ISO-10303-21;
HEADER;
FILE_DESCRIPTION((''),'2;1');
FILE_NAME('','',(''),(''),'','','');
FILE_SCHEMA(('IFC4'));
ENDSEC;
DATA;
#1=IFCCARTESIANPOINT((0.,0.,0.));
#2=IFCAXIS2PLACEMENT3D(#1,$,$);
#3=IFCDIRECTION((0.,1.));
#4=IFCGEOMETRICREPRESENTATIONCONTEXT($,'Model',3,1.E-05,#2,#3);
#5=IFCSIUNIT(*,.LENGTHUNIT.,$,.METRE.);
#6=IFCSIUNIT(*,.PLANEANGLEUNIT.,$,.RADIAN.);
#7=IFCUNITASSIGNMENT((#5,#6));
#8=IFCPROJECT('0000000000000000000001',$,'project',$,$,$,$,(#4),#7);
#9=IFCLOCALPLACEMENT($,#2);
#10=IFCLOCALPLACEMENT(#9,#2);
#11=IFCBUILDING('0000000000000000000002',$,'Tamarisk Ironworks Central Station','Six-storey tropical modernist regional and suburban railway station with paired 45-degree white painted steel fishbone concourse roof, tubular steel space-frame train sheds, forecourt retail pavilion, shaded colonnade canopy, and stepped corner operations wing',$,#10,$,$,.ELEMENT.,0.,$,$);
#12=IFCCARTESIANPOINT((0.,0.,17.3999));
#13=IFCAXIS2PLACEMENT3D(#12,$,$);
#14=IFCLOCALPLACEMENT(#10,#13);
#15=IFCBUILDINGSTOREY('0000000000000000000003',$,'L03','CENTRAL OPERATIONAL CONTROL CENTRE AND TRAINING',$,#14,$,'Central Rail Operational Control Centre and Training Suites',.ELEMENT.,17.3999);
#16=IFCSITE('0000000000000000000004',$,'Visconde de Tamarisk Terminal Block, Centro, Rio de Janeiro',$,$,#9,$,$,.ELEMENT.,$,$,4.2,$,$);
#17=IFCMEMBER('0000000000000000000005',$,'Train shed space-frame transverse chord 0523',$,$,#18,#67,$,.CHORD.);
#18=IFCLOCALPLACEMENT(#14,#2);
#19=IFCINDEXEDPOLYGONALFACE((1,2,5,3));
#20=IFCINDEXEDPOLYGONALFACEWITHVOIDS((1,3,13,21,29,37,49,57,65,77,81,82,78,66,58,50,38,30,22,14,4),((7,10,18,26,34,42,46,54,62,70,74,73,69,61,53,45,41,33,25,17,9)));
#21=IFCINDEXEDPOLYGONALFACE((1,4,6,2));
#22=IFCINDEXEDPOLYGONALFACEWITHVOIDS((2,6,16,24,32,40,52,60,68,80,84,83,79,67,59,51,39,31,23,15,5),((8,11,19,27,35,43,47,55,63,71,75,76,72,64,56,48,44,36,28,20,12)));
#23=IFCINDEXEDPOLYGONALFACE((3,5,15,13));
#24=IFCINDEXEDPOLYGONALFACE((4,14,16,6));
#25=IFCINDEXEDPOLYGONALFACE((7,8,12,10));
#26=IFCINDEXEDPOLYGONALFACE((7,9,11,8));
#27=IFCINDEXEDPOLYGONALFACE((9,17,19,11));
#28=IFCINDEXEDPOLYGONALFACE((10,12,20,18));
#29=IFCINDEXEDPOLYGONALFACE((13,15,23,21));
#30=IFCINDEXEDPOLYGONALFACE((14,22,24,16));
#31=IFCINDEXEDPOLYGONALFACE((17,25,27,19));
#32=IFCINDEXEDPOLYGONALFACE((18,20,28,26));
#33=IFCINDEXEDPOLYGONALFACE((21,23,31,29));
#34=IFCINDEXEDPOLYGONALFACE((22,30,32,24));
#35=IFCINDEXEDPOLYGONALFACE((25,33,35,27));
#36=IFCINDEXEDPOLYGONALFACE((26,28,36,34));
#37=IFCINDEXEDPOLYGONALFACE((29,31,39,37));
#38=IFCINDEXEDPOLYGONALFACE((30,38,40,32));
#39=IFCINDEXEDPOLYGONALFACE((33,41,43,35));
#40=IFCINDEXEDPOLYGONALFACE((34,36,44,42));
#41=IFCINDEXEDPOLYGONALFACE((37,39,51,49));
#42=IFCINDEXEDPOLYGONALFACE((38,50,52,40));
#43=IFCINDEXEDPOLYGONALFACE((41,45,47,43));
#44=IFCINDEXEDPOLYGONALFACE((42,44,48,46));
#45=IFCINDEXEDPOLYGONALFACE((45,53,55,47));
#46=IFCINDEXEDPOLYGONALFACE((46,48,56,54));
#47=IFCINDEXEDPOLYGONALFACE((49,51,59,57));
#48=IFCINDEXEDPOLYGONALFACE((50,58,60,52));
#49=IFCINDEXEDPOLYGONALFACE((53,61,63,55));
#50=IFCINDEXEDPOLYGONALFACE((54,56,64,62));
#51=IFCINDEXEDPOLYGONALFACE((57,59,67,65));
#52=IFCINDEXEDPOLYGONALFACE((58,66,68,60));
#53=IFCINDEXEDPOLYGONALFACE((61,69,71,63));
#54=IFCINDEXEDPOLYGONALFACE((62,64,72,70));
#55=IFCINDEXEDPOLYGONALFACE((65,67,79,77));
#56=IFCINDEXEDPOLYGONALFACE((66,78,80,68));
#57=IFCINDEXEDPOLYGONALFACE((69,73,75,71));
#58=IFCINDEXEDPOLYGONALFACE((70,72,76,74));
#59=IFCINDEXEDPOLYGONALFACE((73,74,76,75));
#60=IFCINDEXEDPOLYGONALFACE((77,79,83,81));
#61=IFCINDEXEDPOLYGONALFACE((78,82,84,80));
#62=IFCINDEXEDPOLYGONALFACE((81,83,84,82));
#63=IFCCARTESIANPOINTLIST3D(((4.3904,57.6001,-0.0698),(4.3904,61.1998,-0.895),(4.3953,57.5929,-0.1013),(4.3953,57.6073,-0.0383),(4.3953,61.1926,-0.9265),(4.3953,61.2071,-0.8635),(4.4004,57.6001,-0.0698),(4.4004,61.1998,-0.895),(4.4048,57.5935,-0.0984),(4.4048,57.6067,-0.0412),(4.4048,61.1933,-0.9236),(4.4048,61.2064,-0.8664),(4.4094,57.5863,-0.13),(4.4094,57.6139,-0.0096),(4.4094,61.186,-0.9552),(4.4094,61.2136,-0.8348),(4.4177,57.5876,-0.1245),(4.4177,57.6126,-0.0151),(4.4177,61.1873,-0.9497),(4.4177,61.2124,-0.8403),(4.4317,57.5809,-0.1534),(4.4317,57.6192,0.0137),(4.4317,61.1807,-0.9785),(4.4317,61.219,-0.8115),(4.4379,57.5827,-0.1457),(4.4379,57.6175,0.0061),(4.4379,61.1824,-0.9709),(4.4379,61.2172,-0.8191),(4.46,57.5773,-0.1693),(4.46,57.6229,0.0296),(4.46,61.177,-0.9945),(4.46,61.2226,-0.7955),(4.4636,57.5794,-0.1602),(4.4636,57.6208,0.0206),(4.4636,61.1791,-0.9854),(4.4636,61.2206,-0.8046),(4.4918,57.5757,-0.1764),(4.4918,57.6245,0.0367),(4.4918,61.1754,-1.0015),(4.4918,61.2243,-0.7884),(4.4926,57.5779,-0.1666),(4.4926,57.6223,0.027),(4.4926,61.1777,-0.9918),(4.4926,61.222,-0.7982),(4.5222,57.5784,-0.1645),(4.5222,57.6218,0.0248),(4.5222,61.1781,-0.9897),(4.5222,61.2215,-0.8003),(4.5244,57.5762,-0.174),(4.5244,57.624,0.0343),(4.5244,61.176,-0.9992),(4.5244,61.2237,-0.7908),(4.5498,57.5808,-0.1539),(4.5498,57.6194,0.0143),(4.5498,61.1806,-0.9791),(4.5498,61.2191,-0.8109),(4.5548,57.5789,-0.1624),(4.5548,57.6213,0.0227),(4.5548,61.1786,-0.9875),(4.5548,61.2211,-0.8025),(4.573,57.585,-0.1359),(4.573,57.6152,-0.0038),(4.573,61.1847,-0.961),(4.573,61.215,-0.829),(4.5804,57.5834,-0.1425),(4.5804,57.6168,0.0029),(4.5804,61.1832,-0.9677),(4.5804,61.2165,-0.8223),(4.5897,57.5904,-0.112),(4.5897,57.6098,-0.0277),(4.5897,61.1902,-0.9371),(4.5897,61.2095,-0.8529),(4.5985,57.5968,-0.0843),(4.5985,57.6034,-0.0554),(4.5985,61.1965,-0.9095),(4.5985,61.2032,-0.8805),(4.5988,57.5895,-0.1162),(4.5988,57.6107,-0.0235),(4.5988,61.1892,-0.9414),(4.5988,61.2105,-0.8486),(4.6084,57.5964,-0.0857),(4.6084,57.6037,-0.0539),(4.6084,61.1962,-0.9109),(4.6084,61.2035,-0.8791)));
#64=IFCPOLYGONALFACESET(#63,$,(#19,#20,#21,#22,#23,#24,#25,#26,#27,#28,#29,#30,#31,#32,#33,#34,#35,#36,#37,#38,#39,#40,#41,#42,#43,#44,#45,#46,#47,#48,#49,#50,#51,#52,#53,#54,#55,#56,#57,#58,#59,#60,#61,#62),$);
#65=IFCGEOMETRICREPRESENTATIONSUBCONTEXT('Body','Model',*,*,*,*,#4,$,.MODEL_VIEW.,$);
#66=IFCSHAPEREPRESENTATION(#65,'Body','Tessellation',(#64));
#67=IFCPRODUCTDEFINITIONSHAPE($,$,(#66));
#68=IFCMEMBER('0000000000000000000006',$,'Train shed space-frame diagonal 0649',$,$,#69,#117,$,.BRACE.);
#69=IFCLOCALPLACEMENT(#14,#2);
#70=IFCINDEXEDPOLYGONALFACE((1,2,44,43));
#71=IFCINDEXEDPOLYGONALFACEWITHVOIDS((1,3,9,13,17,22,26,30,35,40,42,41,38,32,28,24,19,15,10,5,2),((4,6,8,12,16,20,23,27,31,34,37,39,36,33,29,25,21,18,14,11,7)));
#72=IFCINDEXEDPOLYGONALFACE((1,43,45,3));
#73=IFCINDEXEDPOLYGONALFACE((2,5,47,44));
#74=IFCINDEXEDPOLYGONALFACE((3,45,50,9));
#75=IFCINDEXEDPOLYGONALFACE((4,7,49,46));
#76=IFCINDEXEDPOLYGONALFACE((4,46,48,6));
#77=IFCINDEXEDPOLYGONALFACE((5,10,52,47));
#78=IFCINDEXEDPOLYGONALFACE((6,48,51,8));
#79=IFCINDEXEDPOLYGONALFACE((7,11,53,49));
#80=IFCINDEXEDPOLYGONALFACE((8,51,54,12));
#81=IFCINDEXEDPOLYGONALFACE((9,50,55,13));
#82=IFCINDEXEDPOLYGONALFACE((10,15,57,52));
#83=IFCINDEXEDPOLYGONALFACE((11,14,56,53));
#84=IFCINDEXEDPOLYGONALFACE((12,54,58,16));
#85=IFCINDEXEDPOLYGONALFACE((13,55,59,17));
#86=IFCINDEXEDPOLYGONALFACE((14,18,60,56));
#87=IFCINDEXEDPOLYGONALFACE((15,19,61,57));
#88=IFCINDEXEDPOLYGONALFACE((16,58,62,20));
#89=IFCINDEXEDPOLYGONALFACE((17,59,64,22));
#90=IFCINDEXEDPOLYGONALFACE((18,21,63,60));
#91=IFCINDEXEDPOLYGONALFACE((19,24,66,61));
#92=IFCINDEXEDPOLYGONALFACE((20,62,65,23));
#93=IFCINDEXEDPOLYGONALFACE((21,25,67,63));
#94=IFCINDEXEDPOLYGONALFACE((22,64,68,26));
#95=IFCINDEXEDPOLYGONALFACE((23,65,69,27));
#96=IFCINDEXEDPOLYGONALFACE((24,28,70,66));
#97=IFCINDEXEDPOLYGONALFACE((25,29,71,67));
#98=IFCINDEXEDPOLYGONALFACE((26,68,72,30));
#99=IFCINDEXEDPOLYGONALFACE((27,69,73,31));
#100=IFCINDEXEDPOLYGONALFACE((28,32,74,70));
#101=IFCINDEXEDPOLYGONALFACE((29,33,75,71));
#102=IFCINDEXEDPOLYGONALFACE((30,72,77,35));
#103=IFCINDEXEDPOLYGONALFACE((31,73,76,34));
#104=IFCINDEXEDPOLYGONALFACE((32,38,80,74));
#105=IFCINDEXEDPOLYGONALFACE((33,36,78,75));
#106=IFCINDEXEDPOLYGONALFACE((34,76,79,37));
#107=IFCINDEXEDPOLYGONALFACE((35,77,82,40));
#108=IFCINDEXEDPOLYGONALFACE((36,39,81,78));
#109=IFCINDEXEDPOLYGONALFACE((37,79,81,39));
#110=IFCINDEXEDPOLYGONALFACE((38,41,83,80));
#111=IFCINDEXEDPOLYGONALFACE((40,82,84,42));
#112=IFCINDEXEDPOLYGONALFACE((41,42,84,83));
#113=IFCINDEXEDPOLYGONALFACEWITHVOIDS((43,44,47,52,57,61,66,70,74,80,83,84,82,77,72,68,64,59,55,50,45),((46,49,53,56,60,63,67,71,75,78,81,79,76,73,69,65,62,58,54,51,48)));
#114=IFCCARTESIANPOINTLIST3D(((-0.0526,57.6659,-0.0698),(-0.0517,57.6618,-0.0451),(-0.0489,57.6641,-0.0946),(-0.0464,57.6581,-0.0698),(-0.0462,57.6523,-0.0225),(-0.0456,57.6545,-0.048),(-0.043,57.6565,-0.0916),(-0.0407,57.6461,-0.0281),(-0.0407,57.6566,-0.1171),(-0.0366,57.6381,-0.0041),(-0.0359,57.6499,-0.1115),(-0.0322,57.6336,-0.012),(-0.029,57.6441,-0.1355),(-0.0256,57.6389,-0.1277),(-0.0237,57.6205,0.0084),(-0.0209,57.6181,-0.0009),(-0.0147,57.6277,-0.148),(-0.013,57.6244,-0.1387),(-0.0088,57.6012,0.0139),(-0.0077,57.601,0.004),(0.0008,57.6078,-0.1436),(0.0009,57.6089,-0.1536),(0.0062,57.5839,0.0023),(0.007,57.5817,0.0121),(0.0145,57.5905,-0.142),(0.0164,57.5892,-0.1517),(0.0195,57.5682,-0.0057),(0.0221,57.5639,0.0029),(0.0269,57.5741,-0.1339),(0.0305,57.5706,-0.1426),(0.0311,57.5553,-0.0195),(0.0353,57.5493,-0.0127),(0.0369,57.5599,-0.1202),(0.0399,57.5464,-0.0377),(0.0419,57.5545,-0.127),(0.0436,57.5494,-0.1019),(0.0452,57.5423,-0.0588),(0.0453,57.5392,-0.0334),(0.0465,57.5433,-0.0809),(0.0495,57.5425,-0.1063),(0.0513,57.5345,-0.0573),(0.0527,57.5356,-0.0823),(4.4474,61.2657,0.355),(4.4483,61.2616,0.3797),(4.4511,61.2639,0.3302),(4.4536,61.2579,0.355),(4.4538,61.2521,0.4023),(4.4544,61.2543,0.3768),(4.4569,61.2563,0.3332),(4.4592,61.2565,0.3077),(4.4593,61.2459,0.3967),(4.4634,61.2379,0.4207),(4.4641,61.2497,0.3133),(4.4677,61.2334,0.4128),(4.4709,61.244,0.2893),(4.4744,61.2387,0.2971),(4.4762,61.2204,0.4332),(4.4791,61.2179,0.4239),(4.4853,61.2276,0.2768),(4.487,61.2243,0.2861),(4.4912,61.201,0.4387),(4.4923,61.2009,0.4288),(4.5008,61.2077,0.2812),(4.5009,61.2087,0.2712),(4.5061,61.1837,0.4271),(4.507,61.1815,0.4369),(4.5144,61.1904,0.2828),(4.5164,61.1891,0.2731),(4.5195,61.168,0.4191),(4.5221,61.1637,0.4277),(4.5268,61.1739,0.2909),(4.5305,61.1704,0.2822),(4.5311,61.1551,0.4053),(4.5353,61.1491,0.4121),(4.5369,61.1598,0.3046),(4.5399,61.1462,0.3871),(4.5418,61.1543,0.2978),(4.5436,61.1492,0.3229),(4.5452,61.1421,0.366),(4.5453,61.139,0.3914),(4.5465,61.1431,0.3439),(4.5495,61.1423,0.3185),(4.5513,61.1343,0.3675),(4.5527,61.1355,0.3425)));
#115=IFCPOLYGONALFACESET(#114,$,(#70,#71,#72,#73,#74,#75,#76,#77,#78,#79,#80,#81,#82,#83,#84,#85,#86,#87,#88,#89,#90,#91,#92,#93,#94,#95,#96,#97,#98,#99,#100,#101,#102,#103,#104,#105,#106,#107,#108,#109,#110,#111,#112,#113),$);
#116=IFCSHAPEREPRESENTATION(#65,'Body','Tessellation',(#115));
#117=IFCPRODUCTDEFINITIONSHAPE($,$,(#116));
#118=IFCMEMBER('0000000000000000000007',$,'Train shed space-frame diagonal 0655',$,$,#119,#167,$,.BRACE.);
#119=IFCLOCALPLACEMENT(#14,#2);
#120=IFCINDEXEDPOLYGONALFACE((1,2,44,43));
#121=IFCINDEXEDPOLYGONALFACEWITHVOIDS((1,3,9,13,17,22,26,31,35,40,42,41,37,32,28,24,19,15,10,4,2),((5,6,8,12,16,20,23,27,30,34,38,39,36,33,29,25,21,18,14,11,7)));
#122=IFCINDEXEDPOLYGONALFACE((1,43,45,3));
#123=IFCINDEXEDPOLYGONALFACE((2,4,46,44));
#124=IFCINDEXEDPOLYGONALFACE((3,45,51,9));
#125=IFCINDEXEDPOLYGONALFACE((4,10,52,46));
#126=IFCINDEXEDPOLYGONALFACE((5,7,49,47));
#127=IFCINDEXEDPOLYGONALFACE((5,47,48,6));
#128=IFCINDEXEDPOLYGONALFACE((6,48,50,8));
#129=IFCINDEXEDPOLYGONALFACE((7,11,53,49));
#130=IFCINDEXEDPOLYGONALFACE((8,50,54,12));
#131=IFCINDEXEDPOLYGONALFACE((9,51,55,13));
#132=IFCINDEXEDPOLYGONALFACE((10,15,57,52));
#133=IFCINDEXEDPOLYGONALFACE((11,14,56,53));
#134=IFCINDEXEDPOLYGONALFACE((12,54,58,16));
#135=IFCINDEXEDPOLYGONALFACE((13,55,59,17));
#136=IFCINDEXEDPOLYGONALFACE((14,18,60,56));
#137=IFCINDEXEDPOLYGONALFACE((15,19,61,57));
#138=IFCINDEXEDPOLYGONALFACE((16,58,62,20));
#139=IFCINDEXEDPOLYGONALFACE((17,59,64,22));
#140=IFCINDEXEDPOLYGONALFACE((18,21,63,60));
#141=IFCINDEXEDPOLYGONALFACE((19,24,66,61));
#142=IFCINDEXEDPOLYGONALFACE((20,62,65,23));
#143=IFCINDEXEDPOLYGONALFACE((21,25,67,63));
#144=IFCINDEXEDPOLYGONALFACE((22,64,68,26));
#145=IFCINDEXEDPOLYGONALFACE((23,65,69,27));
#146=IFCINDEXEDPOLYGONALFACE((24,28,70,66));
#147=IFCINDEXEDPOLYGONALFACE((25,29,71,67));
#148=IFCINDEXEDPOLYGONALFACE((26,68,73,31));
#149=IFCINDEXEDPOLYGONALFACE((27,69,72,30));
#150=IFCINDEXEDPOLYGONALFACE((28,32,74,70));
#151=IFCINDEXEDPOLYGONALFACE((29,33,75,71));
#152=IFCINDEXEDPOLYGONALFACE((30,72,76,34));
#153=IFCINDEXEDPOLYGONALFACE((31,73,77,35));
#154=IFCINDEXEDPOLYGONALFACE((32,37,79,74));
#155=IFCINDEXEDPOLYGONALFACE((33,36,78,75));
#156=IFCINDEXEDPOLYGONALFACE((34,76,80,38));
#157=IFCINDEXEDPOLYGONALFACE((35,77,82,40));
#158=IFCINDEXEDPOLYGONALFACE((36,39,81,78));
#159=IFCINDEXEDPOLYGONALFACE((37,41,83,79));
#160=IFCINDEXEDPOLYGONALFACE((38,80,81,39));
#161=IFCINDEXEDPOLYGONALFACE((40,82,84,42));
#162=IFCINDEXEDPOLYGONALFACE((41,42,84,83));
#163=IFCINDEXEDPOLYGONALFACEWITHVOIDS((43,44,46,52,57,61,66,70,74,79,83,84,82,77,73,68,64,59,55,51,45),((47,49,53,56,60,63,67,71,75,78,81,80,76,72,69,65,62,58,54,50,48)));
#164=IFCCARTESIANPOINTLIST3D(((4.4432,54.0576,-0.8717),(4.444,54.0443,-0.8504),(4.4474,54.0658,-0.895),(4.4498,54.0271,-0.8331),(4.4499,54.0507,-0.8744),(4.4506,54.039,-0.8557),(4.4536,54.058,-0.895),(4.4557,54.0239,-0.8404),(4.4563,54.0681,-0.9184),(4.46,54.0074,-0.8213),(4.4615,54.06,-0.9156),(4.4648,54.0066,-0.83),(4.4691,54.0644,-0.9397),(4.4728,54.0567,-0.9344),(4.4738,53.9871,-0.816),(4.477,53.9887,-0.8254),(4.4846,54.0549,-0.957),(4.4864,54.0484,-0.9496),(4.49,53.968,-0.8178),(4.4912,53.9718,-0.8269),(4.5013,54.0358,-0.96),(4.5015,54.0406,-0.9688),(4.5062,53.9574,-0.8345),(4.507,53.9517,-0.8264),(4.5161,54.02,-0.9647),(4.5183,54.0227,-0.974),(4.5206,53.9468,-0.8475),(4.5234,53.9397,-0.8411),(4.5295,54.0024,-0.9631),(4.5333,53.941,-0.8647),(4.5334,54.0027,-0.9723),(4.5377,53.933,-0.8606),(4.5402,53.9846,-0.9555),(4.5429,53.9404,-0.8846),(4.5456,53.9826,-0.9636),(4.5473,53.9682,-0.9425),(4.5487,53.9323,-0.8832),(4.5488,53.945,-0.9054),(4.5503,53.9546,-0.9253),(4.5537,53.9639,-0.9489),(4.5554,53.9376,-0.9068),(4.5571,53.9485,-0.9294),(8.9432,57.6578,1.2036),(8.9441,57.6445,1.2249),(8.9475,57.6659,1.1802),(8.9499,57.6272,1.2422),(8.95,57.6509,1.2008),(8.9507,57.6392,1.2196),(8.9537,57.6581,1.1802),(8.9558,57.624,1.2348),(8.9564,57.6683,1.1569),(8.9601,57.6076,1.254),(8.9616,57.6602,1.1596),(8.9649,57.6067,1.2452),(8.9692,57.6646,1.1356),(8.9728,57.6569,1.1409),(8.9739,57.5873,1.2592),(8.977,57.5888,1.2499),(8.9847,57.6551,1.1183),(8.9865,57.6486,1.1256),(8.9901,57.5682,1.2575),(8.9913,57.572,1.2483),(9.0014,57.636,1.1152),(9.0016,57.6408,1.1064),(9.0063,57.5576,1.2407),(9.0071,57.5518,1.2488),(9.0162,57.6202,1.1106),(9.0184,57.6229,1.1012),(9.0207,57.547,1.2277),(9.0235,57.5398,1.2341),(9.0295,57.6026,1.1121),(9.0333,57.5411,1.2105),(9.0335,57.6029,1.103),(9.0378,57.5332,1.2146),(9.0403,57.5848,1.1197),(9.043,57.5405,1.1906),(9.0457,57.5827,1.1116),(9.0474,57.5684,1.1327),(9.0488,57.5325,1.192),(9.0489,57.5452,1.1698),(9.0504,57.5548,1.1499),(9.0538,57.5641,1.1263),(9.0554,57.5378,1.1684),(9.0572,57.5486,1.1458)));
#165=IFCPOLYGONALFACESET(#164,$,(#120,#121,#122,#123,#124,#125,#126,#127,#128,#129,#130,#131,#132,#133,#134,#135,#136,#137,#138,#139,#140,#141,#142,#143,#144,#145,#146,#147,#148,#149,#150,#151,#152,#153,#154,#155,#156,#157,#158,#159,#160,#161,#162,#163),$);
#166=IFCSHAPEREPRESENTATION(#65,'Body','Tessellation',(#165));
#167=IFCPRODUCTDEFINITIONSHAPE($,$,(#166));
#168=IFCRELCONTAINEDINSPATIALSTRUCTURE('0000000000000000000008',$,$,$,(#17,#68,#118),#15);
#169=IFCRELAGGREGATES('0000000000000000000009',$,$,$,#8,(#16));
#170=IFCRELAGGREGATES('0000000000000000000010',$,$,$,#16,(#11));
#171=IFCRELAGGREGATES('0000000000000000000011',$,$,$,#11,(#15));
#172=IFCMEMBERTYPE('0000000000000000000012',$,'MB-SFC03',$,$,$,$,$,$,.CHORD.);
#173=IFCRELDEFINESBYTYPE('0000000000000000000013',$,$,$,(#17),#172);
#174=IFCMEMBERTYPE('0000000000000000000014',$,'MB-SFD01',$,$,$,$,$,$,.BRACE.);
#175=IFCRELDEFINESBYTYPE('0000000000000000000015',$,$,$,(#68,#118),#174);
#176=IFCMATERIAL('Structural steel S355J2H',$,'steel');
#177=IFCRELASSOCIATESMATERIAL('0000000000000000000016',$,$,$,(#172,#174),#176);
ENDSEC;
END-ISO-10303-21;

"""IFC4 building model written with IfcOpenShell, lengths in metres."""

from ifc_helpers import new_model, si_unit, direction, frame, origin, origin_2d, place, context, subcontext, project, spatial, hollow_circle, extrude, material, material_profile, profile_set, type_object, element, save


model = new_model("IFC4")

# Units and contexts
model_context = context("Model", 3, precision=1e-05, world=origin(), true_north=direction((0.0, 1.0)))
body_context = subcontext(model_context, "Body", "Model", "MODEL_VIEW")
ifc_project = project(units=[si_unit("LENGTHUNIT", "METRE"), si_unit("PLANEANGLEUNIT", "RADIAN")], contexts=[model_context])

# Site, building, storey
site_placement = place(None, origin())
site = spatial("IfcSite", under=ifc_project, at=site_placement, Name="Visconde de Tamarisk Terminal Block, Centro, Rio de Janeiro", CompositionType="ELEMENT", RefElevation=4.2)
building_placement = place(site_placement, origin())
building = spatial("IfcBuilding", under=site, at=building_placement, Name="Tamarisk Ironworks Central Station", Description="Six-storey tropical modernist regional and suburban railway station with paired 45-degree white painted steel fishbone concourse roof, tubular steel space-frame train sheds, forecourt retail pavilion, shaded colonnade canopy, and stepped corner operations wing", CompositionType="ELEMENT", ElevationOfRefHeight=0.0)
storey_placement = place(building_placement, frame((0.0, 0.0, 17.3999)))
storey = spatial("IfcBuildingStorey", under=building, at=storey_placement, Name="L03", Description="CENTRAL OPERATIONAL CONTROL CENTRE AND TRAINING", LongName="Central Rail Operational Control Centre and Training Suites", CompositionType="ELEMENT", Elevation=17.3999)

# Members
ifc_material_1 = material(Name="Structural steel S355J2H", Category="steel")
ifc_material_profile_1 = material_profile(ifc_material_1, hollow_circle(Radius=0.1096, WallThickness=0.01, at=origin_2d()), Name="CHS 219.1x10")
ifc_profile_set_1 = profile_set([ifc_material_profile_1], Name="Structural steel S355J2H")
member_type_1 = type_object("IfcMemberType", Name="MB-SFC03", PredefinedType="CHORD", material=ifc_profile_set_1)
member_1_placement = place(storey_placement, frame((4.5, 57.6001, -0.0698), z_axis=(0.0, 0.974719, -0.223435), x_axis=(-1.0, 0.0, 0.0)))
element("IfcMember", 1, at=member_1_placement, inside=storey, type_object=member_type_1, Name="Train shed space-frame transverse chord 0523", PredefinedType="CHORD", context=body_context, shape_type="SweptSolid", body=[
    extrude(hollow_circle(Radius=0.1096, WallThickness=0.01, at=origin_2d()), origin(), (0.0, 0.0, 1.0), 3.6931),
])
ifc_material_profile_2 = material_profile(ifc_material_1, hollow_circle(Radius=0.0842, WallThickness=0.01, at=origin_2d()), Name="CHS 168.3x10")
ifc_profile_set_2 = profile_set([ifc_material_profile_2], Name="Structural steel S355J2H")
member_type_2 = type_object("IfcMemberType", Name="MB-SFD01", PredefinedType="BRACE", material=ifc_profile_set_2)
member_2_placement = place(storey_placement, frame((0.0, 57.6001, -0.0698), z_axis=(0.778768, 0.622989, 0.073517), x_axis=(-0.62468, 0.780881, 0.0)))
element("IfcMember", 2, at=member_2_placement, inside=storey, type_object=member_type_2, Name="Train shed space-frame diagonal 0649", PredefinedType="BRACE", context=body_context, shape_type="SweptSolid", body=[
    extrude(hollow_circle(Radius=0.0842, WallThickness=0.01, at=origin_2d()), origin(), (0.0, 0.0, 1.0), 5.7783),
])
member_3_placement = place(storey_placement, frame((4.5, 54.0, -0.895), z_axis=(0.734679, 0.587759, 0.338801), x_axis=(-0.624705, 0.780861, 0.0)))
element("IfcMember", 3, at=member_3_placement, inside=storey, type_object=member_type_2, Name="Train shed space-frame diagonal 0655", PredefinedType="BRACE", context=body_context, shape_type="SweptSolid", body=[
    extrude(hollow_circle(Radius=0.0842, WallThickness=0.01, at=origin_2d()), origin(), (0.0, 0.0, 1.0), 6.1252),
])

save(model, "model.ifc")
